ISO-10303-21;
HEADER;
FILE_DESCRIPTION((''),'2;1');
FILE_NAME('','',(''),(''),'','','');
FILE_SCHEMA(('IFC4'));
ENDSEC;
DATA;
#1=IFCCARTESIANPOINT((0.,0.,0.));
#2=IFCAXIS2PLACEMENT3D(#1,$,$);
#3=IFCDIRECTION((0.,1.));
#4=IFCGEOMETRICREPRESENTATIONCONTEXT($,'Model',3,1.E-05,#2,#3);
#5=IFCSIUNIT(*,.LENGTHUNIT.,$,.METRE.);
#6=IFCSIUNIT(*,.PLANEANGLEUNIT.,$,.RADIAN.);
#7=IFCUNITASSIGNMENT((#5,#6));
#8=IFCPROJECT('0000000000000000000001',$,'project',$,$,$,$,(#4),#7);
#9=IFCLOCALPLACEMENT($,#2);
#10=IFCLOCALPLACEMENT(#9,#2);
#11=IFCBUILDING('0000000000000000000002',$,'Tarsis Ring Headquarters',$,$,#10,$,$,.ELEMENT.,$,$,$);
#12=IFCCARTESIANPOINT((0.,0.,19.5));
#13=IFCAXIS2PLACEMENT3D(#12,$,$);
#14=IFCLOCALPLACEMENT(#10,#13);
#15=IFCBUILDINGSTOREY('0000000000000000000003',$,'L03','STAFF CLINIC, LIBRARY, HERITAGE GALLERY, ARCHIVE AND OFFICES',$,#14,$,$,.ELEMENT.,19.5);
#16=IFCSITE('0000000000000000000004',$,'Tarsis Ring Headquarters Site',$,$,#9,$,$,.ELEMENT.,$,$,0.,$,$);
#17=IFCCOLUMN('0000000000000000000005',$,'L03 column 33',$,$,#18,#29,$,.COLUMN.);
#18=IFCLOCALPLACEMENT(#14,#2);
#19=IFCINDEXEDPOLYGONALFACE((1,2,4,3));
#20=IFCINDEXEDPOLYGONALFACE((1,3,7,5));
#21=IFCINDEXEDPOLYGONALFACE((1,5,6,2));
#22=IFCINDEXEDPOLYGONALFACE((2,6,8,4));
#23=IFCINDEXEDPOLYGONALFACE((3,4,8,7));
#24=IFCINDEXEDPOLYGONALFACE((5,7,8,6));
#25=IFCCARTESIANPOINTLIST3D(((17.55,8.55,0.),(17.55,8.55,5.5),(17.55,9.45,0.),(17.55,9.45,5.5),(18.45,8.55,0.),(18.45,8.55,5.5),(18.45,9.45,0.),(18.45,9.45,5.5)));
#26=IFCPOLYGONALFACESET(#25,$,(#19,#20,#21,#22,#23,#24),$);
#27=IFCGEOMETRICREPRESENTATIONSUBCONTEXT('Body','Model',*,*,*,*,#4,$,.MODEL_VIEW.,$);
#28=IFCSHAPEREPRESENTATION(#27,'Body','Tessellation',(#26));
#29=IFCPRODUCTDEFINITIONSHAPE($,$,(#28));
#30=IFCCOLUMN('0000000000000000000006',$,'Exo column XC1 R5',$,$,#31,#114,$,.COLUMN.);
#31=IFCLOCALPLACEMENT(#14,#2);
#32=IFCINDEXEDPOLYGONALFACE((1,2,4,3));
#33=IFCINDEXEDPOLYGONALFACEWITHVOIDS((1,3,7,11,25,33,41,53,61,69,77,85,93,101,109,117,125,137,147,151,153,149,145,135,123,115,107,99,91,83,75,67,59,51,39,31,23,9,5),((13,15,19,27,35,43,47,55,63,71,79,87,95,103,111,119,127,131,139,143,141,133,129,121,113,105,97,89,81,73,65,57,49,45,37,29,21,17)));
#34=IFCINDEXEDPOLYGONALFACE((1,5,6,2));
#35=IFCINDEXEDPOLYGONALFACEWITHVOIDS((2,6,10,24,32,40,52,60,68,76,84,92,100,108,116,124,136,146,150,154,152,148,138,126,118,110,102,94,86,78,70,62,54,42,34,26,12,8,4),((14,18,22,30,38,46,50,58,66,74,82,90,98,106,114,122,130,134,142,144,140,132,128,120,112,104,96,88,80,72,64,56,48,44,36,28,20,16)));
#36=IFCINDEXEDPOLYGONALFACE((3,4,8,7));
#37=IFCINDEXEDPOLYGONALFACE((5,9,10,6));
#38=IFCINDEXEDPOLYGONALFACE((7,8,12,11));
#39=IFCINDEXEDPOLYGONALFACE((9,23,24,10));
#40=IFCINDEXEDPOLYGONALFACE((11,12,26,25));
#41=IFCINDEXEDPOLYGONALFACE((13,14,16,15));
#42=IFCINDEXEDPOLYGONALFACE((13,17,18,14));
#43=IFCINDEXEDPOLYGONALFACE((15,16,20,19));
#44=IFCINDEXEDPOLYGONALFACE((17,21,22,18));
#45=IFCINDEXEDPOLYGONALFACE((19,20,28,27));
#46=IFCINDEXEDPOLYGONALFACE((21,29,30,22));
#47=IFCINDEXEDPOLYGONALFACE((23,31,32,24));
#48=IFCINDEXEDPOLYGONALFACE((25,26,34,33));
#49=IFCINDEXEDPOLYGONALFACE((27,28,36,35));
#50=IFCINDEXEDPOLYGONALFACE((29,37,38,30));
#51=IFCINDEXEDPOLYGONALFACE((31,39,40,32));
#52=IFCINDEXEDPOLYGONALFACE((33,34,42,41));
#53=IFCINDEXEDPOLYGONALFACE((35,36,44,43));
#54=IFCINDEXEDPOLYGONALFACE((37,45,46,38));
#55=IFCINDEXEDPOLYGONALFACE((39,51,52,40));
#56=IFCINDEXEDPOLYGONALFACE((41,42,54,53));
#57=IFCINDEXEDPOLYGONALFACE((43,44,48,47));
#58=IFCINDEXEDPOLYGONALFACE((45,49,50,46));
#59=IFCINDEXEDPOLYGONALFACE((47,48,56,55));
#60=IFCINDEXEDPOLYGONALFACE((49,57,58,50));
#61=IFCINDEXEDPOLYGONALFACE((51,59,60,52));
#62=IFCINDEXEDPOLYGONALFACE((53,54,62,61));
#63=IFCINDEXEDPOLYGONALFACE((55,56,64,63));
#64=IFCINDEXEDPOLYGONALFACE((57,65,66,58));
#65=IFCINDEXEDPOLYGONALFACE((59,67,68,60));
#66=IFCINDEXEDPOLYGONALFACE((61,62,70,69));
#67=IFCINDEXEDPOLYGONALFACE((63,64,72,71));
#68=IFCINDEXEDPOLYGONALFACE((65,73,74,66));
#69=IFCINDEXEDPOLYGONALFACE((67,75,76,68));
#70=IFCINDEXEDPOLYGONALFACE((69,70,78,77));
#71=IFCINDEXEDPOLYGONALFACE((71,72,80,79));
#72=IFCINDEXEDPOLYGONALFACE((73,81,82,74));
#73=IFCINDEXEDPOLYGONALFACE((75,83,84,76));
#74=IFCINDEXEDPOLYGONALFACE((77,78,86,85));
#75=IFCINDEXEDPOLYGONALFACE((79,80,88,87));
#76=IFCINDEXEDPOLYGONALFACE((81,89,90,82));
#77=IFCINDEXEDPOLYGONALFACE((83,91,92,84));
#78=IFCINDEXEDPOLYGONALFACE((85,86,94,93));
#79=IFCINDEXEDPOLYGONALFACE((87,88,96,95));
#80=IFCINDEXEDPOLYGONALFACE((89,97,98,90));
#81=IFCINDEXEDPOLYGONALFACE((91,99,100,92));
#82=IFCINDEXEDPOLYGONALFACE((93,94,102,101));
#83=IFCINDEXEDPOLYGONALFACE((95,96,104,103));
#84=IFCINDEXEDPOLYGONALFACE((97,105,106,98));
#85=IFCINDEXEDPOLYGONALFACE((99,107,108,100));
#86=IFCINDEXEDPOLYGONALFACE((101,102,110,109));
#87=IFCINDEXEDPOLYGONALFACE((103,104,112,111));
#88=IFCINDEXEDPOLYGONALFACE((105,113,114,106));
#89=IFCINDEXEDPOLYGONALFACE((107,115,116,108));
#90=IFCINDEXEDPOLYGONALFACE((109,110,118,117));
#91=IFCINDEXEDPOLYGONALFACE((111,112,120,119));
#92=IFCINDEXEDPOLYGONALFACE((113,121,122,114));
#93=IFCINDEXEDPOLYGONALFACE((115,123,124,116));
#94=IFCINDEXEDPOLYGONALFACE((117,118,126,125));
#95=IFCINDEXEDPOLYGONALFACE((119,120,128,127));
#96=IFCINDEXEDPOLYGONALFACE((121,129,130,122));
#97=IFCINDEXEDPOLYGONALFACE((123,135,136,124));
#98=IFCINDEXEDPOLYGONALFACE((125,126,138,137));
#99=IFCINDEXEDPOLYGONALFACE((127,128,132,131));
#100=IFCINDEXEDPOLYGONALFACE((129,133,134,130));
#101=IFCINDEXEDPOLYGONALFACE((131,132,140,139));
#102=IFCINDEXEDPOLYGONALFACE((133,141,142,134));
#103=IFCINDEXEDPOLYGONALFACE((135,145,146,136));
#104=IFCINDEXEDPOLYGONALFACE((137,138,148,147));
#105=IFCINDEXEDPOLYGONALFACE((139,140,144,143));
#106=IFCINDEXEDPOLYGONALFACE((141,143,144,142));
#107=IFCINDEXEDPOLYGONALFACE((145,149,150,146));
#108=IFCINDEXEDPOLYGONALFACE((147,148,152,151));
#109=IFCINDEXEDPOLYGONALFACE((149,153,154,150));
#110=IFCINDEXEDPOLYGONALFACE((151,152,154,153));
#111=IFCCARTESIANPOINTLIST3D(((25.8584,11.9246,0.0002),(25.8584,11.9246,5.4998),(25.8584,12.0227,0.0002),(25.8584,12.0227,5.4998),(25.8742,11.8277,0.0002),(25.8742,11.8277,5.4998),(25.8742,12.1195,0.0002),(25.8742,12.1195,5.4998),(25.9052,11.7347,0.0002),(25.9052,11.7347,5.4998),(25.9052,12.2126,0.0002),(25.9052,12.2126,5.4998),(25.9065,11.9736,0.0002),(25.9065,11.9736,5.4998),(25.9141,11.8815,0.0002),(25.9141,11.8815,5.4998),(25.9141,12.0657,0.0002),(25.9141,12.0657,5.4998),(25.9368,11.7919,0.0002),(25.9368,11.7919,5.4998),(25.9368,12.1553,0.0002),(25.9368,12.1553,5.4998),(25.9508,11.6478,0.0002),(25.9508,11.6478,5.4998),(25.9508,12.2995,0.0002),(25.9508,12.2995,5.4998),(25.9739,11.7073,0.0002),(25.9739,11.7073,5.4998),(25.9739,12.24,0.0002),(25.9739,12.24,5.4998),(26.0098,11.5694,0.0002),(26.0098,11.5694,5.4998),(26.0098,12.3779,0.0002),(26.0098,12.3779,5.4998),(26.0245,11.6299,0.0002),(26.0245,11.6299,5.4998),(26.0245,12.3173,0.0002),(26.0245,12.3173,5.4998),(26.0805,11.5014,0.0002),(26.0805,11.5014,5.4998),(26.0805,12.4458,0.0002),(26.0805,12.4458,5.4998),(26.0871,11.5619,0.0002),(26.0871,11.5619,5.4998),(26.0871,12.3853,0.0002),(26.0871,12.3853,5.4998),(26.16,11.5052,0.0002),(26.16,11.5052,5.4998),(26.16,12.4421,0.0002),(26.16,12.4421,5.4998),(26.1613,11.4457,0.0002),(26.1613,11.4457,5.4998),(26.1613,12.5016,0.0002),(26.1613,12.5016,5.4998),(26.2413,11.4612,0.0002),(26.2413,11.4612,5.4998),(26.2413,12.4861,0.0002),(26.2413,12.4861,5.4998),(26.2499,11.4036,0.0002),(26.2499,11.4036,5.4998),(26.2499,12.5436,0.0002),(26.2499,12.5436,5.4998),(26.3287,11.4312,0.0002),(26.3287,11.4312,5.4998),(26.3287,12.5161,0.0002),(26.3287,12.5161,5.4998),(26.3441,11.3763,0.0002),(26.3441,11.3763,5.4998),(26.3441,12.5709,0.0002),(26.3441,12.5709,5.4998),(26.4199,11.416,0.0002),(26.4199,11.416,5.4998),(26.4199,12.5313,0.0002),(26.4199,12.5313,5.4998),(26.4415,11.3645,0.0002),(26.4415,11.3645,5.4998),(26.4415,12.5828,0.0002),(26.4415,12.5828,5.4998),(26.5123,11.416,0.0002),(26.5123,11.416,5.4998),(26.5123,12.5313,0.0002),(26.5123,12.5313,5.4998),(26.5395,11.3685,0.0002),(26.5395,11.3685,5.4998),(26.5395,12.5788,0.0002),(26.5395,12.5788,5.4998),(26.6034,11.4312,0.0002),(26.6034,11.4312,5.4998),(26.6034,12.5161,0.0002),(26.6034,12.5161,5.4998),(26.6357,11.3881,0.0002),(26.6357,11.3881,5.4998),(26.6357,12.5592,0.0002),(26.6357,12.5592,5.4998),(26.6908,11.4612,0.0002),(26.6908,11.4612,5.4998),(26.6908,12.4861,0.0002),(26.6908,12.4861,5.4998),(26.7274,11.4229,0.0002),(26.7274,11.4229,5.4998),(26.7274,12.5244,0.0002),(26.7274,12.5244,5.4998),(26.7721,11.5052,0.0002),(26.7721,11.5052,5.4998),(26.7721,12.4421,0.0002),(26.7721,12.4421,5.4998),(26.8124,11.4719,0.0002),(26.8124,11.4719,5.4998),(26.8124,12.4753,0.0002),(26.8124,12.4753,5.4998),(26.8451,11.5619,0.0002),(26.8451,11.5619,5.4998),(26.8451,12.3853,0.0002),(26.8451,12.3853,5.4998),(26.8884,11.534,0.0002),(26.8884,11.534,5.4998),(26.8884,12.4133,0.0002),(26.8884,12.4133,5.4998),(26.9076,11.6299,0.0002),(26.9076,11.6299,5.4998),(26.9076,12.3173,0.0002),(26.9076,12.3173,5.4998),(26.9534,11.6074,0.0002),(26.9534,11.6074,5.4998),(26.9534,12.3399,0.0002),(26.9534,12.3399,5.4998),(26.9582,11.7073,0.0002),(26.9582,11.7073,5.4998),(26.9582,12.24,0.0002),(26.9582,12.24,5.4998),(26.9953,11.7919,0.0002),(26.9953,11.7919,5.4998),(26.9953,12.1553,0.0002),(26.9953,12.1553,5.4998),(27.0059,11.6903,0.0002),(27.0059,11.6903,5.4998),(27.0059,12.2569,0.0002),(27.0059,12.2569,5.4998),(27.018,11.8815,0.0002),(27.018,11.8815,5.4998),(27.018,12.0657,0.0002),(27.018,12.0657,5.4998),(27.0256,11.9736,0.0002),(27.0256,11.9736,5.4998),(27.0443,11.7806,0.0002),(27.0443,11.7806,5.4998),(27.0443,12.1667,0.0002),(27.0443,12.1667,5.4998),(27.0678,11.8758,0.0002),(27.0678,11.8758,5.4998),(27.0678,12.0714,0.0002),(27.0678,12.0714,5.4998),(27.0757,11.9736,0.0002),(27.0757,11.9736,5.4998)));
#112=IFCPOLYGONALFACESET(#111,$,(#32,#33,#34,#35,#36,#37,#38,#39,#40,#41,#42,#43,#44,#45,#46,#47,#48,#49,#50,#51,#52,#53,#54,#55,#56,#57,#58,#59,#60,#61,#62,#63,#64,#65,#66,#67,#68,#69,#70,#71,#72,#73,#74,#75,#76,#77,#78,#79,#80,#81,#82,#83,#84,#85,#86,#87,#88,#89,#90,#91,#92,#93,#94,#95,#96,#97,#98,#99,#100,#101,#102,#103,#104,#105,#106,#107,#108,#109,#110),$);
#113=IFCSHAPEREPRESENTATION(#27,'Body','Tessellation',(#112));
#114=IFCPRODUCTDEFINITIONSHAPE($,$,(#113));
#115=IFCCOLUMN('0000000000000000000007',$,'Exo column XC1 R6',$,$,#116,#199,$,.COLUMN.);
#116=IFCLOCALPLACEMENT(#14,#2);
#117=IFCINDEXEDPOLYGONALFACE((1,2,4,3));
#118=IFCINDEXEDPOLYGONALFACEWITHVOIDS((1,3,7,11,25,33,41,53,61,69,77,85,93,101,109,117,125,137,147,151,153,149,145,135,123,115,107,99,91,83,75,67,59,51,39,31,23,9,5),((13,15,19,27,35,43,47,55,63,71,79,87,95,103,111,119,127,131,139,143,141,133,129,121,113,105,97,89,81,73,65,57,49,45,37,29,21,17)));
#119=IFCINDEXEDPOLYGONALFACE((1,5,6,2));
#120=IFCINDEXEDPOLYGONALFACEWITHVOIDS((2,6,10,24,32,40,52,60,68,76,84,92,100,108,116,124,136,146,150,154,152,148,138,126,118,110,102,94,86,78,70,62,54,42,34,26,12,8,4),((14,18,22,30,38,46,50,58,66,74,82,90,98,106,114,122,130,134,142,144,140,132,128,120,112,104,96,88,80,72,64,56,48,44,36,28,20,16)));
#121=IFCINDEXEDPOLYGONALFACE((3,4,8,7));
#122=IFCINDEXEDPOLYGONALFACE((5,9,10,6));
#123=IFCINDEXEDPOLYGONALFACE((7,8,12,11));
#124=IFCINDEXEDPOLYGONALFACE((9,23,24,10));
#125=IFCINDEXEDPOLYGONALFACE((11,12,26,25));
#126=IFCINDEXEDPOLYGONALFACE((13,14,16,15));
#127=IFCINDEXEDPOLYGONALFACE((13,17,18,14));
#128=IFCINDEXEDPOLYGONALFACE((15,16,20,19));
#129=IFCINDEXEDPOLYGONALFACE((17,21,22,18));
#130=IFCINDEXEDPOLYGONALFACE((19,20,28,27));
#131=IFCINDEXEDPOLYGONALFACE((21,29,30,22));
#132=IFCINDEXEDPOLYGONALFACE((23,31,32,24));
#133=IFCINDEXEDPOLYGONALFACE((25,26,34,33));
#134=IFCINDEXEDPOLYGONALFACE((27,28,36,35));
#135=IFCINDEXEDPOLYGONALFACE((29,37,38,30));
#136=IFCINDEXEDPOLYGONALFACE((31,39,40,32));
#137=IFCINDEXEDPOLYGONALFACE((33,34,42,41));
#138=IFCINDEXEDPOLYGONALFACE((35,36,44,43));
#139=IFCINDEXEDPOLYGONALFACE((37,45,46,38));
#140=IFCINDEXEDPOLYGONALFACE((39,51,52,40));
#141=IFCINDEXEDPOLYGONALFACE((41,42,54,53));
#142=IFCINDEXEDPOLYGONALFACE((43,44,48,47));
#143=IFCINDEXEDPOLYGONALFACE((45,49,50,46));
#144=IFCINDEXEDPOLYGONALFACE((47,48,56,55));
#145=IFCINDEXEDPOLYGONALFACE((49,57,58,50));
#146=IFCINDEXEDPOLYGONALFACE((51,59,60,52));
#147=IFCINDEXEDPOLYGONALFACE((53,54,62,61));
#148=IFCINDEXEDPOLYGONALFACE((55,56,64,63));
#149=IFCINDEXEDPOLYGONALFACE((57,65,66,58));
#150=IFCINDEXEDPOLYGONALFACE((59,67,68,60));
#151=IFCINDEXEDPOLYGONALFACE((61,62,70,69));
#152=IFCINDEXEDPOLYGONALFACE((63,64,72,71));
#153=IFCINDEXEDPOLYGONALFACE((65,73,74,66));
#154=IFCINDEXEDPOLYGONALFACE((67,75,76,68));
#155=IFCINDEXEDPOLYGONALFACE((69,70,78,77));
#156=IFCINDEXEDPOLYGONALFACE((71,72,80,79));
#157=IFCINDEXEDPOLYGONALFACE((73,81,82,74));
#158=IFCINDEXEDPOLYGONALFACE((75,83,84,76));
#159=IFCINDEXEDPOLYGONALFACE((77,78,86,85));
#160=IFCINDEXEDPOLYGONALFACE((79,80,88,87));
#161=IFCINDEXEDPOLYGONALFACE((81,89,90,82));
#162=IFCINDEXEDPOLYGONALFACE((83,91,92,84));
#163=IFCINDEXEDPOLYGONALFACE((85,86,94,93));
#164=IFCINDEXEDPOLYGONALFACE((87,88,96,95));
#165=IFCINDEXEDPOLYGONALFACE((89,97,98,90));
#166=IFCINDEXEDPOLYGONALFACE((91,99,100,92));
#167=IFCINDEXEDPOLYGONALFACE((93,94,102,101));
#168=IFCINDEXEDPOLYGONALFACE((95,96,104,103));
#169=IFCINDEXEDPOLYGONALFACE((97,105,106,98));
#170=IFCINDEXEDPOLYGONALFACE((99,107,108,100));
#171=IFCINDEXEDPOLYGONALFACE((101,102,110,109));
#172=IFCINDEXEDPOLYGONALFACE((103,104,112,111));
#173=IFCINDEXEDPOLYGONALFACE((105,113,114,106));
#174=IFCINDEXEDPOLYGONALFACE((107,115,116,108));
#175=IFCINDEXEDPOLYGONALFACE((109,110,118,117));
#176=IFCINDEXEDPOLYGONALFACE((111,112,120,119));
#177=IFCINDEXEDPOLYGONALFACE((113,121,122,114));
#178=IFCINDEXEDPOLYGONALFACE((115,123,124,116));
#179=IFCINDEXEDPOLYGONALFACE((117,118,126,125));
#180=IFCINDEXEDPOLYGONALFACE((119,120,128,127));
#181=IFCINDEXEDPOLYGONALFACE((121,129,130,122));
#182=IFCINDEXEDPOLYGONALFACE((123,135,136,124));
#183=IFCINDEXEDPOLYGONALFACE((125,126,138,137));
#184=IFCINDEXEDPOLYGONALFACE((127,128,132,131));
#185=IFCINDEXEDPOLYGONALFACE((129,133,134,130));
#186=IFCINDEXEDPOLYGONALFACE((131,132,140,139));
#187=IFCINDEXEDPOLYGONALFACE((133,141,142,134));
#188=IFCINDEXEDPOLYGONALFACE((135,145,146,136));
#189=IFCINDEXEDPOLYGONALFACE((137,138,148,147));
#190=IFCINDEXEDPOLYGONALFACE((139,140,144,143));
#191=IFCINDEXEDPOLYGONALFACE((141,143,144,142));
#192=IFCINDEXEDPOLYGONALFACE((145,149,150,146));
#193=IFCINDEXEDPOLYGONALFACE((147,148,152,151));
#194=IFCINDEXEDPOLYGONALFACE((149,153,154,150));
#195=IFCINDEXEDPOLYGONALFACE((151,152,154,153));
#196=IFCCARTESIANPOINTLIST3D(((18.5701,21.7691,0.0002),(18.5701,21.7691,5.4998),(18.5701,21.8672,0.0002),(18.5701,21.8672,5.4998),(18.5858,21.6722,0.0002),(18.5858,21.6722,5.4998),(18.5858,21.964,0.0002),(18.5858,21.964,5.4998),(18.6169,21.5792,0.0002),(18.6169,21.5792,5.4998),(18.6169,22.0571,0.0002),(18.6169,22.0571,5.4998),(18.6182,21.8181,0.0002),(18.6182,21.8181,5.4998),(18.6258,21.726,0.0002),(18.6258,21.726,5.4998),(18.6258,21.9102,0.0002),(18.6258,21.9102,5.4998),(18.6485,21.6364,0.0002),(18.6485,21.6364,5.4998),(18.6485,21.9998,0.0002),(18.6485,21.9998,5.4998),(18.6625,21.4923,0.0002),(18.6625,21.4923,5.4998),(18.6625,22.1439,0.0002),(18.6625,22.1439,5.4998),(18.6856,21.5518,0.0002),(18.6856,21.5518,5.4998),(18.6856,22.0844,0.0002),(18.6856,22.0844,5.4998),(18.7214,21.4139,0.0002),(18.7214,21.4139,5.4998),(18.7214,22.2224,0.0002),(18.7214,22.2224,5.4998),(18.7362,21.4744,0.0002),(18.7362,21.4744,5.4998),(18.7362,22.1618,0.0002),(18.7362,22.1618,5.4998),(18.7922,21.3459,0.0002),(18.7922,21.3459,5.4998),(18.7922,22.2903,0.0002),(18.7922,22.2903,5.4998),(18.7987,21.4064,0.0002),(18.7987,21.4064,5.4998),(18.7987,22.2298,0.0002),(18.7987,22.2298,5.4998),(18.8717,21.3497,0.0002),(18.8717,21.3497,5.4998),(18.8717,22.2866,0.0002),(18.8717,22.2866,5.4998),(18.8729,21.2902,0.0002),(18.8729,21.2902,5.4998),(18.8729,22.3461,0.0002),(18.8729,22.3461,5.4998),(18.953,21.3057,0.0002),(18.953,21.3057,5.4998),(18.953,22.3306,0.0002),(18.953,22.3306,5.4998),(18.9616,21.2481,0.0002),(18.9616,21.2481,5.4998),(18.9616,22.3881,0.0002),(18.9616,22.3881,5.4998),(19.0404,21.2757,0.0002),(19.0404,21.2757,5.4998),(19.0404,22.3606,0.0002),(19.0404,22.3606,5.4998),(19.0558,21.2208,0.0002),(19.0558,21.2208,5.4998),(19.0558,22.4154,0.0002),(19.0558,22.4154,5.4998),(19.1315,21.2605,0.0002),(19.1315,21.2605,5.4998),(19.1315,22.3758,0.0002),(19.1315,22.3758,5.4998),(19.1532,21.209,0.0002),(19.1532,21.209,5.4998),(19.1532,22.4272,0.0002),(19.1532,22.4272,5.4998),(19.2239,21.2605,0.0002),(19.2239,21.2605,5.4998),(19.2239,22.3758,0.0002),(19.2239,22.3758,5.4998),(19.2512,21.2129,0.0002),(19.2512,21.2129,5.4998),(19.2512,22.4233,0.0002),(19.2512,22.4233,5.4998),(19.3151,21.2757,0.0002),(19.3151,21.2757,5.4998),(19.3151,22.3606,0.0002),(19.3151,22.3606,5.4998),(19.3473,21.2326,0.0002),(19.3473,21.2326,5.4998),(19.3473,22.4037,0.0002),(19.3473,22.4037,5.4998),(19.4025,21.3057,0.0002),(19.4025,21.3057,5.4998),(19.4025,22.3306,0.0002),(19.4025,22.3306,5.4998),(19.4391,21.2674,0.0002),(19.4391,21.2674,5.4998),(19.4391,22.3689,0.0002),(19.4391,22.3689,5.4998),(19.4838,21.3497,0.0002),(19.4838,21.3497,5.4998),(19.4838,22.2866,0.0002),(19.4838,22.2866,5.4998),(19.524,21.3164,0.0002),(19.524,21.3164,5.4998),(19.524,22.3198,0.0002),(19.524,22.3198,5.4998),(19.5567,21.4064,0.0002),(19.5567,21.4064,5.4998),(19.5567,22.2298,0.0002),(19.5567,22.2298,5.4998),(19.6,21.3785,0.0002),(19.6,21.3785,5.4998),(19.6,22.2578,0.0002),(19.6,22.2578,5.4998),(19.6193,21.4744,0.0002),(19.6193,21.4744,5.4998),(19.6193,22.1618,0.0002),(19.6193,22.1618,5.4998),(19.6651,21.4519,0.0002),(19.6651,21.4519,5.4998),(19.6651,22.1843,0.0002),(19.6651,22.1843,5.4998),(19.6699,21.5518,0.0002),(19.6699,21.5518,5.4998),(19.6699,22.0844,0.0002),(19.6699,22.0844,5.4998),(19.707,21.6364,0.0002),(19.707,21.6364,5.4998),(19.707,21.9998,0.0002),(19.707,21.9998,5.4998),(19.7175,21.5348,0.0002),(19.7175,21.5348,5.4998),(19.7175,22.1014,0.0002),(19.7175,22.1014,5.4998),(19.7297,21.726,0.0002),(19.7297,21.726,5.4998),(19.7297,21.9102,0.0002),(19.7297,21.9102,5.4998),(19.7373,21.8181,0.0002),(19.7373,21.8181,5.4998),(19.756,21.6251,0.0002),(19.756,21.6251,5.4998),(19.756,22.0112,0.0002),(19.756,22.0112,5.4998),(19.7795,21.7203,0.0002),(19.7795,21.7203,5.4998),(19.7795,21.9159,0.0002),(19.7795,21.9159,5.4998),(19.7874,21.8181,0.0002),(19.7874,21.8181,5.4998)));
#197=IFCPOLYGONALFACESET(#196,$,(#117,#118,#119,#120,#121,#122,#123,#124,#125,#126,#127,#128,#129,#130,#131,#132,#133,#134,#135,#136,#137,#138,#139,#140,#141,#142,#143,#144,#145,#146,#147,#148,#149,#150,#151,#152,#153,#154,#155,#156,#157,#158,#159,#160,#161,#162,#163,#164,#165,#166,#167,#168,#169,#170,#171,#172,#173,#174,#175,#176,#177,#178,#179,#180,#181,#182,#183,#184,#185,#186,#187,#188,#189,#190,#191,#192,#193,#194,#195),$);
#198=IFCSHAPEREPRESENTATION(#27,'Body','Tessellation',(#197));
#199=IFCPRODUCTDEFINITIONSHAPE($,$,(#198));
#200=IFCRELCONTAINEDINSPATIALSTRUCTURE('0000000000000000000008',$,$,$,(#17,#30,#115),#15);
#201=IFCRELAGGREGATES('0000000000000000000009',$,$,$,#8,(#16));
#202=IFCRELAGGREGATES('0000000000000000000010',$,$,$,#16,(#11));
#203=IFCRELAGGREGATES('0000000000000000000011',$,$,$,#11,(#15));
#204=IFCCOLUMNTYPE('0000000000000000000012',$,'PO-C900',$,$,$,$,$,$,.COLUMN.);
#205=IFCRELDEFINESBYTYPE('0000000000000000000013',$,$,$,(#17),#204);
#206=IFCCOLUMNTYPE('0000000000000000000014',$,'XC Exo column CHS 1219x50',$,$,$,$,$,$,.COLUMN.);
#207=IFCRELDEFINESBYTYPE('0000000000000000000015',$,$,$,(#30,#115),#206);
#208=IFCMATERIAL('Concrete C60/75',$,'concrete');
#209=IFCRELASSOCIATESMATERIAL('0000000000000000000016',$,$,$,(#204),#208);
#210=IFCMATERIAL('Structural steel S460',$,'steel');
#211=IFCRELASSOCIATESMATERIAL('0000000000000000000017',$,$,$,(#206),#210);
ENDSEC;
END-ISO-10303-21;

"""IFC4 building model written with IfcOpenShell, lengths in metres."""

from ifc_helpers import new_model, si_unit, direction, frame, origin, origin_2d, place, context, subcontext, project, spatial, rectangle, hollow_circle, extrude, material, material_profile, profile_set, type_object, element, save


model = new_model("IFC4")

# Units and contexts
model_context = context("Model", 3, precision=1e-05, world=origin(), true_north=direction((0.0, 1.0)))
body_context = subcontext(model_context, "Body", "Model", "MODEL_VIEW")
ifc_project = project(units=[si_unit("LENGTHUNIT", "METRE"), si_unit("PLANEANGLEUNIT", "RADIAN")], contexts=[model_context])

# Site, building, storey
site_placement = place(None, origin())
site = spatial("IfcSite", under=ifc_project, at=site_placement, Name="Tarsis Ring Headquarters Site", CompositionType="ELEMENT", RefElevation=0.0)
building_placement = place(site_placement, origin())
building = spatial("IfcBuilding", under=site, at=building_placement, Name="Tarsis Ring Headquarters", CompositionType="ELEMENT")
storey_placement = place(building_placement, frame((0.0, 0.0, 19.5)))
storey = spatial("IfcBuildingStorey", under=building, at=storey_placement, Name="L03", Description="STAFF CLINIC, LIBRARY, HERITAGE GALLERY, ARCHIVE AND OFFICES", CompositionType="ELEMENT", Elevation=19.5)

# Columns
ifc_material_1 = material(Name="Concrete C60/75", Category="concrete")
ifc_material_profile_1 = material_profile(ifc_material_1, rectangle(XDim=0.8999, YDim=0.8999, at=origin_2d()), Name="PO-C900")
ifc_profile_set_1 = profile_set([ifc_material_profile_1], Name="Concrete C60/75")
column_type_1 = type_object("IfcColumnType", Name="PO-C900", PredefinedType="COLUMN", material=ifc_profile_set_1)
column_placement = place(storey_placement, frame((18.0, 9.0, 0.0), z_axis=(0.0, 0.0, 1.0), x_axis=(1.0, 0.0, 0.0)))
element("IfcColumn", 1, at=column_placement, inside=storey, type_object=column_type_1, Name="L03 column 33", PredefinedType="COLUMN", context=body_context, shape_type="SweptSolid", body=[
    extrude(rectangle(XDim=0.8999, YDim=0.8999, at=origin_2d()), origin(), (0.0, 0.0, 1.0), 5.5),
])
ifc_material_2 = material(Name="Structural steel S460", Category="steel")
ifc_material_profile_2 = material_profile(ifc_material_2, hollow_circle(Radius=0.6096, WallThickness=0.05, at=origin_2d()), Name="CHS 1219x50")
ifc_profile_set_2 = profile_set([ifc_material_profile_2], Name="Structural steel S460")
column_type_2 = type_object("IfcColumnType", Name="XC Exo column CHS 1219x50", PredefinedType="COLUMN", material=ifc_profile_set_2)
for number, where, z_axis, x_axis, name in (
    (2, (26.4661, 11.9736, 0.0002), (0.0, 0.0, 1.0), (1.0, 0.0, 0.0), "Exo column XC1 R5"),
    (3, (19.1777, 21.8181, 0.0002), (0.0, 0.0, 1.0), (1.0, 0.0, 0.0), "Exo column XC1 R6"),
):
    element("IfcColumn", number, at=place(storey_placement, frame(where, z_axis=z_axis, x_axis=x_axis)), inside=storey, type_object=column_type_2, Name=name, PredefinedType="COLUMN", context=body_context, shape_type="SweptSolid", body=[
        extrude(hollow_circle(Radius=0.6096, WallThickness=0.05, at=origin_2d()), origin(), (0.0, 0.0, 1.0), 5.4995),
    ])

save(model, "model.ifc")
